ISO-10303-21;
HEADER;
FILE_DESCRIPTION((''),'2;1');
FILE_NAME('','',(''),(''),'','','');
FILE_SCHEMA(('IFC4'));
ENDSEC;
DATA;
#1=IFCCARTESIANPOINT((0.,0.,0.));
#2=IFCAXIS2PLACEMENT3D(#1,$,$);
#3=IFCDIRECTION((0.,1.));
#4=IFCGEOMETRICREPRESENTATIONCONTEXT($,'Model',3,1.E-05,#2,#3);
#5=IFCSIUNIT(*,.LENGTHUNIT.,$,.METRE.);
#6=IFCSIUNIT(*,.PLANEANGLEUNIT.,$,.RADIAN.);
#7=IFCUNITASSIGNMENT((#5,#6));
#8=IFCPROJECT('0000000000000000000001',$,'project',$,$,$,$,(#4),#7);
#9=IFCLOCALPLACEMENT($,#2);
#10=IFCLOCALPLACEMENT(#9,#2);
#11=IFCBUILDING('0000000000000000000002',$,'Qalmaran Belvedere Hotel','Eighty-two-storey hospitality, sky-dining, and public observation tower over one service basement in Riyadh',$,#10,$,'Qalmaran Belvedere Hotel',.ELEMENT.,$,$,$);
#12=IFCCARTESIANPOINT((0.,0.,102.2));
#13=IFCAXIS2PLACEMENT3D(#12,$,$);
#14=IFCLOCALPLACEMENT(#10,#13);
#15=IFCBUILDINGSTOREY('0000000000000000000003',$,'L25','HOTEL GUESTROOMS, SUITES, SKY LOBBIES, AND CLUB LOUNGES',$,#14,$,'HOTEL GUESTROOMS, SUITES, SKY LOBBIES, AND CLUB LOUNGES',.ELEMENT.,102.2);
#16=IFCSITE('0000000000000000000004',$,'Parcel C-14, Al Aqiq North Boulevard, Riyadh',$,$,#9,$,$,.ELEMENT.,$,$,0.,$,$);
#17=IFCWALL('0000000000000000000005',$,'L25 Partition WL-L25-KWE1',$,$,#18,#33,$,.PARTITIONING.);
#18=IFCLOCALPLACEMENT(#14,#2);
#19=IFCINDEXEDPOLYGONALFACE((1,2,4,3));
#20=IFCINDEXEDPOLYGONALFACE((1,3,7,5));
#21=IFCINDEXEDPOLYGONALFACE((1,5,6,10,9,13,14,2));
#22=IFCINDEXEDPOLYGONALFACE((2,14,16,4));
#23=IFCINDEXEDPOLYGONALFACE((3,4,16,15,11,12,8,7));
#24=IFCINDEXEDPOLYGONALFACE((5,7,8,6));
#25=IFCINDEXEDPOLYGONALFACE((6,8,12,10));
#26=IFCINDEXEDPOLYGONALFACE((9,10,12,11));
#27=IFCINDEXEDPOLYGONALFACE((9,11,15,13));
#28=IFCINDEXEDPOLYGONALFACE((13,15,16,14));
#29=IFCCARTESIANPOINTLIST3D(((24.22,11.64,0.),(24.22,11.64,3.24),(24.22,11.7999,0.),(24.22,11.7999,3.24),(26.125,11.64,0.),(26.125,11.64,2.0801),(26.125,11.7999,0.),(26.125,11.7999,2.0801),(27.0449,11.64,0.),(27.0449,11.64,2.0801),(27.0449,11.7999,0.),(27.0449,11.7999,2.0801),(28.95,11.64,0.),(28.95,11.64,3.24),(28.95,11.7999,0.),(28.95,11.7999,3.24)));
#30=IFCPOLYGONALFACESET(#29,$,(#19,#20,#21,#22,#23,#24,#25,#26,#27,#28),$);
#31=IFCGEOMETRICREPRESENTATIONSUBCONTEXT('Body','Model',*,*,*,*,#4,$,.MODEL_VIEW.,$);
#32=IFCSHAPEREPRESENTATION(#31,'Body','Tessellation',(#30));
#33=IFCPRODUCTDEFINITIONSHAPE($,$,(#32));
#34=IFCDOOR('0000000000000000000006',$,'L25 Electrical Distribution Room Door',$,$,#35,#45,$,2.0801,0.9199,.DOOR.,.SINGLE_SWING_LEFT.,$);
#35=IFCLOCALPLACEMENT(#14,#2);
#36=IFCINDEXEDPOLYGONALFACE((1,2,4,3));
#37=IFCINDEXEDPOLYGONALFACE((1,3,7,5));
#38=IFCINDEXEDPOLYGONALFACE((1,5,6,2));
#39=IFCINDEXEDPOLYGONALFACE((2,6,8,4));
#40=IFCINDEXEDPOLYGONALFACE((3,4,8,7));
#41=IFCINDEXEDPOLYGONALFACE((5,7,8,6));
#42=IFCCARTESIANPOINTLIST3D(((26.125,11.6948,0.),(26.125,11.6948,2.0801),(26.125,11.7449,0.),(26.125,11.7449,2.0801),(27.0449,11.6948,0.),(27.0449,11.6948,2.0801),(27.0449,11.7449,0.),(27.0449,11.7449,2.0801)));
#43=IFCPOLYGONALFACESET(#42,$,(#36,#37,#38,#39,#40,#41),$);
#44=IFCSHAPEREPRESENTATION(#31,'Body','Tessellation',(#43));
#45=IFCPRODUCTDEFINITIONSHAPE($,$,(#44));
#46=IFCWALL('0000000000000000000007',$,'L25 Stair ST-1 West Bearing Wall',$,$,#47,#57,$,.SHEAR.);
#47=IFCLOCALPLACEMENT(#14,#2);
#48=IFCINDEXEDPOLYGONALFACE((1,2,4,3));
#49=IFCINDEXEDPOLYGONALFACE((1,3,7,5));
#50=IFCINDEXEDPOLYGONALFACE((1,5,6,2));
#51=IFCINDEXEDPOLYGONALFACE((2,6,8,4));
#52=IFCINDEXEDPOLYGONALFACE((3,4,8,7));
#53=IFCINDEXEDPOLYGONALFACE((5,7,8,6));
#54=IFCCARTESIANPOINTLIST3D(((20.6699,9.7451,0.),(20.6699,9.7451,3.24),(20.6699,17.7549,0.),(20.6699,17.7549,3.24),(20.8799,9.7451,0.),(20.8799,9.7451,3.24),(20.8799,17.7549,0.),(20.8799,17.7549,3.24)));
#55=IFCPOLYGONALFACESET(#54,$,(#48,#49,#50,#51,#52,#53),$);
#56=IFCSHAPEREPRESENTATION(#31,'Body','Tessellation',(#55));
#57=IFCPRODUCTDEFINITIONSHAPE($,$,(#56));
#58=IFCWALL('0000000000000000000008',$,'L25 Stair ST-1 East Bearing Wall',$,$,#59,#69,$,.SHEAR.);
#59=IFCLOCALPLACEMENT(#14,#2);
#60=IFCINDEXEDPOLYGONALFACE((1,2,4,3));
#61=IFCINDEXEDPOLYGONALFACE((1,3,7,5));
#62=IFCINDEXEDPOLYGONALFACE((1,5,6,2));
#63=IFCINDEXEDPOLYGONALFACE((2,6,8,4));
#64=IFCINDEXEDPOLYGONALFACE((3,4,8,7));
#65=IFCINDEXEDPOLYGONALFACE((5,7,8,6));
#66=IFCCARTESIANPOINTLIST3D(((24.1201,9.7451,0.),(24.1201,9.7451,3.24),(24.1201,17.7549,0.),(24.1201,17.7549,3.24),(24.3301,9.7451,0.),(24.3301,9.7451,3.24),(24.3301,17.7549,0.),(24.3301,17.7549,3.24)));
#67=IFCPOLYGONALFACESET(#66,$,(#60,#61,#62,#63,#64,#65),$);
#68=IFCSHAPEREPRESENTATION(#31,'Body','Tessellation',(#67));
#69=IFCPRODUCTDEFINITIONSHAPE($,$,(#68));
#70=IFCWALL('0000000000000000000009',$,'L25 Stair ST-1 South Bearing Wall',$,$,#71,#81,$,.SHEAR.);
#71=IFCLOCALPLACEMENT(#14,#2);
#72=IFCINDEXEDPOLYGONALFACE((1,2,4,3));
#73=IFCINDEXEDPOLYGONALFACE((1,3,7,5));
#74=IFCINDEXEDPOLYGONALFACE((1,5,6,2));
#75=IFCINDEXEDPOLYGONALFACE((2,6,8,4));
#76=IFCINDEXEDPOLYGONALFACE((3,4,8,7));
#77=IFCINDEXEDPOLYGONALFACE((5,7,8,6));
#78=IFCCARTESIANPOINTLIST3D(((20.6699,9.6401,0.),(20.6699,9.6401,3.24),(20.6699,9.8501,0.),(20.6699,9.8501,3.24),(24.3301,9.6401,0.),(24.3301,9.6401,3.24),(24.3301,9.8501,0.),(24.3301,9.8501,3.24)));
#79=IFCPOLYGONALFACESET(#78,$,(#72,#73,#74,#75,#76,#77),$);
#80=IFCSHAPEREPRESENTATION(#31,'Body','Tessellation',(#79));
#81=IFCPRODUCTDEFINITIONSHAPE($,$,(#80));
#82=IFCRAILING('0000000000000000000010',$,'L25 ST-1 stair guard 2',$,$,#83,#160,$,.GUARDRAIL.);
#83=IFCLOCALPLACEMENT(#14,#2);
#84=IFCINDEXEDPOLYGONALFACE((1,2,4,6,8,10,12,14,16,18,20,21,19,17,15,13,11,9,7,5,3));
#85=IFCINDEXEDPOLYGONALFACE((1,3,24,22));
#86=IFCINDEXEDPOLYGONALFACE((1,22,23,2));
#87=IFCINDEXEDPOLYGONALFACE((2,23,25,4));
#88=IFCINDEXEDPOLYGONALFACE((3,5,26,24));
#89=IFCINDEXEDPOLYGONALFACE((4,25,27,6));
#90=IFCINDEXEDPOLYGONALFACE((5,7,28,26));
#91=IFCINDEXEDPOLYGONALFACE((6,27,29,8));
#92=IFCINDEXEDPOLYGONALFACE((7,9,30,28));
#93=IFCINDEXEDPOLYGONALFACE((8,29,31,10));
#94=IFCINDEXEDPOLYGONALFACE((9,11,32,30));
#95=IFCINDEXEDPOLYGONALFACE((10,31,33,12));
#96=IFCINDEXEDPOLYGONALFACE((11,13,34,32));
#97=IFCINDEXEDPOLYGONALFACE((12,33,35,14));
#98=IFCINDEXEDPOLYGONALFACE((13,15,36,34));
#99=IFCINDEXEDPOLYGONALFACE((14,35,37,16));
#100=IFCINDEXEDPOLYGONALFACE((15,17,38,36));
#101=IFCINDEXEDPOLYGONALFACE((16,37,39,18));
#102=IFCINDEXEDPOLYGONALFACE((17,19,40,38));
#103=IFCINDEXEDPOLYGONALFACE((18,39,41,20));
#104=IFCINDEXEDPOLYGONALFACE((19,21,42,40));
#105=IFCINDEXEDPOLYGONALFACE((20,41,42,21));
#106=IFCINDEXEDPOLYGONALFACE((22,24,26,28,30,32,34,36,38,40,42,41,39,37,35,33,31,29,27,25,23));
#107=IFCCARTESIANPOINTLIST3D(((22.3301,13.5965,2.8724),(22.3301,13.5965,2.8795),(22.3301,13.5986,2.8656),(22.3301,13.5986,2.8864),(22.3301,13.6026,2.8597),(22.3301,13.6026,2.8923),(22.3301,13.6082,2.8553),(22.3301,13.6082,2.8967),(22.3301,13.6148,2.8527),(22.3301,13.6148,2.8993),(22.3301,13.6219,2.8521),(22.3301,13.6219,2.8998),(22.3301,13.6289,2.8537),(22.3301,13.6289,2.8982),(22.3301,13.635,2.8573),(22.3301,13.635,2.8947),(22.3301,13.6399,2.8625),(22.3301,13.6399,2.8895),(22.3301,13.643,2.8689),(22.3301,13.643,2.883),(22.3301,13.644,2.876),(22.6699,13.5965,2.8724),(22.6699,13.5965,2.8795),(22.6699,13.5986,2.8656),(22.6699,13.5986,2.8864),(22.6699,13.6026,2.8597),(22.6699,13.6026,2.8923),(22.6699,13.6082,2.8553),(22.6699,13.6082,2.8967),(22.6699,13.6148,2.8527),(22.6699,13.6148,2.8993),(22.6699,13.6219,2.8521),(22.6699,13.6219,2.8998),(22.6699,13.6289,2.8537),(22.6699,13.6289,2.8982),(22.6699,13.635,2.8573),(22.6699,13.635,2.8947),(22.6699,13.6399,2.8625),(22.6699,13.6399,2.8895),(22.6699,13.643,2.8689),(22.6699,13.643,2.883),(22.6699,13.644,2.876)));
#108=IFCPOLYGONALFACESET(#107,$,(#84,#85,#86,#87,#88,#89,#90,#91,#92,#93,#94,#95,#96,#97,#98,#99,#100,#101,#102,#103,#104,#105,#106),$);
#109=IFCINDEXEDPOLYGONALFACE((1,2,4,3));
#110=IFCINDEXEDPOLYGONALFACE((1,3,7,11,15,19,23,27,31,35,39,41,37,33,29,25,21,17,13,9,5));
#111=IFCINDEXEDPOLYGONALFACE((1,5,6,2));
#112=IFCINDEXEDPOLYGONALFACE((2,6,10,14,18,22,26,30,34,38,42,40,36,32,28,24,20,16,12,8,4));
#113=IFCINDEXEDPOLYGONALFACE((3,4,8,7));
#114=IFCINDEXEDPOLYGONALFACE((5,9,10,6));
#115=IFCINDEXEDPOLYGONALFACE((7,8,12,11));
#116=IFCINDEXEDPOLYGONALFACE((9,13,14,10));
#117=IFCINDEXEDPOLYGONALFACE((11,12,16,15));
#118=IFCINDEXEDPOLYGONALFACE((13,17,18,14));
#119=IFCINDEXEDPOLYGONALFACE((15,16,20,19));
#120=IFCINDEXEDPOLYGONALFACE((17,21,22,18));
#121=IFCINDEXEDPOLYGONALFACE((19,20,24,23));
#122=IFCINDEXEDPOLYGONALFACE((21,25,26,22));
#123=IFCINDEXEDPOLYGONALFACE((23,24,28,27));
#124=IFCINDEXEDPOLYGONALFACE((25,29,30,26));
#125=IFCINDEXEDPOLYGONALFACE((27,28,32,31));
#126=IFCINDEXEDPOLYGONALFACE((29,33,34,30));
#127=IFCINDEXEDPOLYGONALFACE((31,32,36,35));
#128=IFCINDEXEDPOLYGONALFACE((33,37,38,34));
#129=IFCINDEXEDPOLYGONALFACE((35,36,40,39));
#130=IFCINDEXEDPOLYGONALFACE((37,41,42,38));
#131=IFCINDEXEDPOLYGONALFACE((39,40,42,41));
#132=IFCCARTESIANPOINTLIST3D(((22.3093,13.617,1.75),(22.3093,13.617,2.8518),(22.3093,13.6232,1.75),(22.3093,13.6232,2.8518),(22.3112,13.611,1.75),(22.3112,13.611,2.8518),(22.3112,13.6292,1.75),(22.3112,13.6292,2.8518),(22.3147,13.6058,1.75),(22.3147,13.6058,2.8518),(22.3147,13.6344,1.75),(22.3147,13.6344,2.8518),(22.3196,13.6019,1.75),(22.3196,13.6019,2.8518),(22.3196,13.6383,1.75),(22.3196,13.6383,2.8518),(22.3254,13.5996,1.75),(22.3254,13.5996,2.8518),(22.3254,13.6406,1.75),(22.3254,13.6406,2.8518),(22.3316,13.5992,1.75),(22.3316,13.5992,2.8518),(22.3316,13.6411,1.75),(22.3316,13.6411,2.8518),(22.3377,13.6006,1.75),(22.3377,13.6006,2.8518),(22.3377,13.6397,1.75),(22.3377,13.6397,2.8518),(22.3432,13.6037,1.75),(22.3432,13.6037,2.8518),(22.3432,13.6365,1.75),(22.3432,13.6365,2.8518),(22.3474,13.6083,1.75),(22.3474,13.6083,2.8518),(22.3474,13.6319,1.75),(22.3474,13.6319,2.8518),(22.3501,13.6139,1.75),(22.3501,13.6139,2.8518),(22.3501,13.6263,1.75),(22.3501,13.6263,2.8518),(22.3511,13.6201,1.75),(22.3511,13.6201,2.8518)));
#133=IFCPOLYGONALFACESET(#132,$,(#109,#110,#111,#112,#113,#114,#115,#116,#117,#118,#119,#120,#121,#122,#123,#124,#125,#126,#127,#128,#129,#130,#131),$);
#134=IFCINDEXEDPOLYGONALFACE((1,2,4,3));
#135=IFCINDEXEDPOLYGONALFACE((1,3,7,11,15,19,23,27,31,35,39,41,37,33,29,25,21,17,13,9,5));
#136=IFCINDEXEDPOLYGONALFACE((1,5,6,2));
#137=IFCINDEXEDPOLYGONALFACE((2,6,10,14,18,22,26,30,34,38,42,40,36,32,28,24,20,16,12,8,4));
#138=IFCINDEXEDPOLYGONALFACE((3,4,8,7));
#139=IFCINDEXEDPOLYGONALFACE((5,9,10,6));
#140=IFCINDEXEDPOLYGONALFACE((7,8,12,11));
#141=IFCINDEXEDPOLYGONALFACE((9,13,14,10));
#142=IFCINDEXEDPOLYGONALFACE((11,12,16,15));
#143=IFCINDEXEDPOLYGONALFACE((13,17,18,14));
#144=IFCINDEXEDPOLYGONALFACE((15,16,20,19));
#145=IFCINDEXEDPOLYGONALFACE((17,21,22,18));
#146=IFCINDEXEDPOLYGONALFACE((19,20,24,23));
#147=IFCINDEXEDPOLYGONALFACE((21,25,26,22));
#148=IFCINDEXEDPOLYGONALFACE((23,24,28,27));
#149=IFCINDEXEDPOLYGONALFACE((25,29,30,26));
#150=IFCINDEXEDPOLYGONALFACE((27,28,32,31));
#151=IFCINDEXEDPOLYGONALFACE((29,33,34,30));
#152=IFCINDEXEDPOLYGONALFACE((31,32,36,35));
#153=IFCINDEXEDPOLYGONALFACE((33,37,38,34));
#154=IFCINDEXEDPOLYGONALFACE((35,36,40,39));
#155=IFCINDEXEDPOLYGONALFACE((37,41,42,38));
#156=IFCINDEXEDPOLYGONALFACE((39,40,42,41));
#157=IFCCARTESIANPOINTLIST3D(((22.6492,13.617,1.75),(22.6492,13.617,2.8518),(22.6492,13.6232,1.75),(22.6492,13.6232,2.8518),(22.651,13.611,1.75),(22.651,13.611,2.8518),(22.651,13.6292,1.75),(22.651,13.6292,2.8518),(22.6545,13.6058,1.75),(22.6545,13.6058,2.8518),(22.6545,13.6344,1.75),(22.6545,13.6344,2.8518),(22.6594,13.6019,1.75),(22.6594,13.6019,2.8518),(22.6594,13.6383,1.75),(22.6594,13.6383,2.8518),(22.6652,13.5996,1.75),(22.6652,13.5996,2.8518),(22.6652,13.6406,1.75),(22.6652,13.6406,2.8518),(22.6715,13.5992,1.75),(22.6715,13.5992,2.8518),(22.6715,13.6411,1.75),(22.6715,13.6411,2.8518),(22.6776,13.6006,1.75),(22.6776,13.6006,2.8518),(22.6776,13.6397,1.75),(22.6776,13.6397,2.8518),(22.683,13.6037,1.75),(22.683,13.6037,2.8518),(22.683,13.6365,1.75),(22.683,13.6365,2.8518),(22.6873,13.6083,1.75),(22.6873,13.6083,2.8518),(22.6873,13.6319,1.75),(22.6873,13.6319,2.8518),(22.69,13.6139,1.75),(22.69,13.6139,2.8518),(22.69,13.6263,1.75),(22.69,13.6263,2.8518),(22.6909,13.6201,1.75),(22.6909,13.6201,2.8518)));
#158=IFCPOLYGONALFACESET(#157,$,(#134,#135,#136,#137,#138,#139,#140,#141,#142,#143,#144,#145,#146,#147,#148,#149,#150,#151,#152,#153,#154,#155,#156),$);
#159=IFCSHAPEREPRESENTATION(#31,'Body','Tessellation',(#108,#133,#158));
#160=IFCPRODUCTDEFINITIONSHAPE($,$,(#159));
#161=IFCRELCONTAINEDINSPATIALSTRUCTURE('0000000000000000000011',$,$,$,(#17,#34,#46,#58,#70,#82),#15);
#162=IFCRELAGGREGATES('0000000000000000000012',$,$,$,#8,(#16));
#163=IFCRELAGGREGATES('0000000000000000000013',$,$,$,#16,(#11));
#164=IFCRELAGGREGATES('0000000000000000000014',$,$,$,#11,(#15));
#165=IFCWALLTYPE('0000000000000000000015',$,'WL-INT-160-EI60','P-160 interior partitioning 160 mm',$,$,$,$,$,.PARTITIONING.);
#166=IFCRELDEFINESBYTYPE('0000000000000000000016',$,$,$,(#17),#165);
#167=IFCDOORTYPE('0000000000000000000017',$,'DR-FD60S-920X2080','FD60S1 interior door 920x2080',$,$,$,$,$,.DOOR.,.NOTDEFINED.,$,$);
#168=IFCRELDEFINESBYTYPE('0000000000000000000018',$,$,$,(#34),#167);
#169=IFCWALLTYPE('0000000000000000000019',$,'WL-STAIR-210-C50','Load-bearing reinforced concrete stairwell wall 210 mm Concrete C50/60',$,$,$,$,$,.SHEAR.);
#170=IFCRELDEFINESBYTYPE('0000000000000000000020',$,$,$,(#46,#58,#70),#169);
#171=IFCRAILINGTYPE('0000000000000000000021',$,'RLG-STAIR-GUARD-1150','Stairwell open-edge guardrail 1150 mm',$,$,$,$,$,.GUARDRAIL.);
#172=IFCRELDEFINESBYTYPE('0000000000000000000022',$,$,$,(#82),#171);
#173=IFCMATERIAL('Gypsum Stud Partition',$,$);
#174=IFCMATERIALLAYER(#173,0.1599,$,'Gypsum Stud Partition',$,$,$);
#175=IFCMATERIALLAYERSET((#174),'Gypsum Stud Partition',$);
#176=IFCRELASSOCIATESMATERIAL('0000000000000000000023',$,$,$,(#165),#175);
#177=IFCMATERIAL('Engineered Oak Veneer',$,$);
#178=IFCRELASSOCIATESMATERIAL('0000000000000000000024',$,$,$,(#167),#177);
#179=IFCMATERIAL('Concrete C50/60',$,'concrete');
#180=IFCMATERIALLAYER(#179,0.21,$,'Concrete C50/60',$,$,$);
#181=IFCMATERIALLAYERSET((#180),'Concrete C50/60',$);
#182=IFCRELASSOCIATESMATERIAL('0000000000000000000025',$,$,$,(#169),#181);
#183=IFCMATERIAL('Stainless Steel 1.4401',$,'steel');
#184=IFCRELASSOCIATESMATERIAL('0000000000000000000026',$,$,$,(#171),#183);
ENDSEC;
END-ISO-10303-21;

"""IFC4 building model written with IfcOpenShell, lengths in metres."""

from ifc_helpers import new_model, si_unit, direction, frame, frame_2d, origin, origin_2d, place, context, subcontext, project, spatial, rectangle, circle, extrude, material, layer, layer_set, type_object, element, fill, save


model = new_model("IFC4")

# Units and contexts
model_context = context("Model", 3, precision=1e-05, world=origin(), true_north=direction((0.0, 1.0)))
body_context = subcontext(model_context, "Body", "Model", "MODEL_VIEW")
ifc_project = project(units=[si_unit("LENGTHUNIT", "METRE"), si_unit("PLANEANGLEUNIT", "RADIAN")], contexts=[model_context])

# Site, building, storey
site_placement = place(None, origin())
site = spatial("IfcSite", under=ifc_project, at=site_placement, Name="Parcel C-14, Al Aqiq North Boulevard, Riyadh", CompositionType="ELEMENT", RefElevation=0.0)
building_placement = place(site_placement, origin())
building = spatial("IfcBuilding", under=site, at=building_placement, Name="Qalmaran Belvedere Hotel", Description="Eighty-two-storey hospitality, sky-dining, and public observation tower over one service basement in Riyadh", LongName="Qalmaran Belvedere Hotel", CompositionType="ELEMENT")
storey_placement = place(building_placement, frame((0.0, 0.0, 102.2)))
storey = spatial("IfcBuildingStorey", under=building, at=storey_placement, Name="L25", Description="HOTEL GUESTROOMS, SUITES, SKY LOBBIES, AND CLUB LOUNGES", LongName="HOTEL GUESTROOMS, SUITES, SKY LOBBIES, AND CLUB LOUNGES", CompositionType="ELEMENT", Elevation=102.2)

# Shared definitions
ifc_material_1 = material(Name="Concrete C50/60", Category="concrete")
ifc_material_2 = material(Name="Gypsum Stud Partition")

# Wall, opening, door
ifc_layer_1 = layer(ifc_material_2, 0.1599, Name="Gypsum Stud Partition")
ifc_layer_set_1 = layer_set([ifc_layer_1], Name="Gypsum Stud Partition")
wall_type_1 = type_object("IfcWallType", Name="WL-INT-160-EI60", Description="P-160 interior partitioning 160 mm", PredefinedType="PARTITIONING", material=ifc_layer_set_1)
wall_1_placement = place(storey_placement, frame((24.22, 11.72, 0.0), z_axis=(0.0, 0.0, 1.0), x_axis=(1.0, 0.0, 0.0)))
wall_1 = element("IfcWall", 1, at=wall_1_placement, inside=storey, type_object=wall_type_1, Name="L25 Partition WL-L25-KWE1", PredefinedType="PARTITIONING", context=body_context, shape_type="SweptSolid", body=[
    extrude(rectangle(XDim=4.73, YDim=0.1599, at=frame_2d((2.365, 0.0))), origin(), (0.0, 0.0, 1.0), 3.24),
])
opening_1_placement = place(wall_1_placement, frame((1.905, 0.0, 0.0)))
opening_1 = element("IfcOpeningElement", 2, at=opening_1_placement, cuts=wall_1, PredefinedType="OPENING", context=body_context, shape_type="SweptSolid", body=[
    extrude(rectangle(XDim=0.9199, YDim=2.0801, at=frame_2d((0.46, 1.04))), frame((0.0, 0.0898, 0.0), z_axis=(0.0, -1.0, 0.0), x_axis=(1.0, 0.0, 0.0)), (0.0, 0.0, 1.0), 0.1799),
])
ifc_material_3 = material(Name="Engineered Oak Veneer")
door_type_1 = type_object("IfcDoorType", Name="DR-FD60S-920X2080", Description="FD60S1 interior door 920x2080", OperationType="NOTDEFINED", PredefinedType="DOOR", material=ifc_material_3)
door_1_placement = place(opening_1_placement, origin())
door_1 = element("IfcDoor", 3, at=door_1_placement, inside=storey, type_object=door_type_1, Name="L25 Electrical Distribution Room Door", OperationType="SINGLE_SWING_LEFT", OverallHeight=2.0801, OverallWidth=0.9199, PredefinedType="DOOR", context=body_context, shape_type="SweptSolid", body=[
    extrude(rectangle(XDim=0.9199, YDim=2.0801, at=frame_2d((0.46, 1.04))), frame((0.0, 0.0249, 0.0), z_axis=(0.0, -1.0, 0.0), x_axis=(1.0, 0.0, 0.0)), (0.0, 0.0, 1.0), 0.05),
])
fill(opening_1, door_1)

# Walls
ifc_layer_2 = layer(ifc_material_1, 0.21, Name="Concrete C50/60")
ifc_layer_set_2 = layer_set([ifc_layer_2], Name="Concrete C50/60")
wall_type_2 = type_object("IfcWallType", Name="WL-STAIR-210-C50", Description="Load-bearing reinforced concrete stairwell wall 210 mm Concrete C50/60", PredefinedType="SHEAR", material=ifc_layer_set_2)
for number, where, z_axis, x_axis, name in (
    (4, (20.7749, 9.7451, 0.0), (0.0, 0.0, 1.0), (0.0, 1.0, 0.0), "L25 Stair ST-1 West Bearing Wall"),
    (5, (24.2251, 9.7451, 0.0), (0.0, 0.0, 1.0), (0.0, 1.0, 0.0), "L25 Stair ST-1 East Bearing Wall"),
):
    element("IfcWall", number, at=place(storey_placement, frame(where, z_axis=z_axis, x_axis=x_axis)), inside=storey, type_object=wall_type_2, Name=name, PredefinedType="SHEAR", context=body_context, shape_type="SweptSolid", body=[
        extrude(rectangle(XDim=8.0098, YDim=0.21, at=frame_2d((4.0049, 0.0))), origin(), (0.0, 0.0, 1.0), 3.24),
    ])
wall_2_placement = place(storey_placement, frame((20.6699, 9.7451, 0.0), z_axis=(0.0, 0.0, 1.0), x_axis=(1.0, 0.0, 0.0)))
element("IfcWall", 6, at=wall_2_placement, inside=storey, type_object=wall_type_2, Name="L25 Stair ST-1 South Bearing Wall", PredefinedType="SHEAR", context=body_context, shape_type="SweptSolid", body=[
    extrude(rectangle(XDim=3.6602, YDim=0.21, at=frame_2d((1.8301, 0.0))), origin(), (0.0, 0.0, 1.0), 3.24),
])

# Railing
ifc_material_4 = material(Name="Stainless Steel 1.4401", Category="steel")
railing_type = type_object("IfcRailingType", Name="RLG-STAIR-GUARD-1150", Description="Stairwell open-edge guardrail 1150 mm", PredefinedType="GUARDRAIL", material=ifc_material_4)
railing_placement = place(storey_placement, frame((22.3301, 13.6201, 1.75)))
element("IfcRailing", 7, at=railing_placement, inside=storey, type_object=railing_type, Name="L25 ST-1 stair guard 2", PredefinedType="GUARDRAIL", context=body_context, shape_type="SweptSolid", body=[
    extrude(circle(Radius=0.0239, at=origin_2d()), frame((0.0, 0.0, 1.126), z_axis=(1.0, 0.0, 0.0), x_axis=(0.0, 1.0, 0.0)), (0.0, 0.0, 1.0), 0.3398),
    extrude(circle(Radius=0.021, at=origin_2d()), origin(), (0.0, 0.0, 1.0), 1.1018),
    extrude(circle(Radius=0.021, at=origin_2d()), frame((0.3398, 0.0, 0.0)), (0.0, 0.0, 1.0), 1.1018),
])

save(model, "model.ifc")
